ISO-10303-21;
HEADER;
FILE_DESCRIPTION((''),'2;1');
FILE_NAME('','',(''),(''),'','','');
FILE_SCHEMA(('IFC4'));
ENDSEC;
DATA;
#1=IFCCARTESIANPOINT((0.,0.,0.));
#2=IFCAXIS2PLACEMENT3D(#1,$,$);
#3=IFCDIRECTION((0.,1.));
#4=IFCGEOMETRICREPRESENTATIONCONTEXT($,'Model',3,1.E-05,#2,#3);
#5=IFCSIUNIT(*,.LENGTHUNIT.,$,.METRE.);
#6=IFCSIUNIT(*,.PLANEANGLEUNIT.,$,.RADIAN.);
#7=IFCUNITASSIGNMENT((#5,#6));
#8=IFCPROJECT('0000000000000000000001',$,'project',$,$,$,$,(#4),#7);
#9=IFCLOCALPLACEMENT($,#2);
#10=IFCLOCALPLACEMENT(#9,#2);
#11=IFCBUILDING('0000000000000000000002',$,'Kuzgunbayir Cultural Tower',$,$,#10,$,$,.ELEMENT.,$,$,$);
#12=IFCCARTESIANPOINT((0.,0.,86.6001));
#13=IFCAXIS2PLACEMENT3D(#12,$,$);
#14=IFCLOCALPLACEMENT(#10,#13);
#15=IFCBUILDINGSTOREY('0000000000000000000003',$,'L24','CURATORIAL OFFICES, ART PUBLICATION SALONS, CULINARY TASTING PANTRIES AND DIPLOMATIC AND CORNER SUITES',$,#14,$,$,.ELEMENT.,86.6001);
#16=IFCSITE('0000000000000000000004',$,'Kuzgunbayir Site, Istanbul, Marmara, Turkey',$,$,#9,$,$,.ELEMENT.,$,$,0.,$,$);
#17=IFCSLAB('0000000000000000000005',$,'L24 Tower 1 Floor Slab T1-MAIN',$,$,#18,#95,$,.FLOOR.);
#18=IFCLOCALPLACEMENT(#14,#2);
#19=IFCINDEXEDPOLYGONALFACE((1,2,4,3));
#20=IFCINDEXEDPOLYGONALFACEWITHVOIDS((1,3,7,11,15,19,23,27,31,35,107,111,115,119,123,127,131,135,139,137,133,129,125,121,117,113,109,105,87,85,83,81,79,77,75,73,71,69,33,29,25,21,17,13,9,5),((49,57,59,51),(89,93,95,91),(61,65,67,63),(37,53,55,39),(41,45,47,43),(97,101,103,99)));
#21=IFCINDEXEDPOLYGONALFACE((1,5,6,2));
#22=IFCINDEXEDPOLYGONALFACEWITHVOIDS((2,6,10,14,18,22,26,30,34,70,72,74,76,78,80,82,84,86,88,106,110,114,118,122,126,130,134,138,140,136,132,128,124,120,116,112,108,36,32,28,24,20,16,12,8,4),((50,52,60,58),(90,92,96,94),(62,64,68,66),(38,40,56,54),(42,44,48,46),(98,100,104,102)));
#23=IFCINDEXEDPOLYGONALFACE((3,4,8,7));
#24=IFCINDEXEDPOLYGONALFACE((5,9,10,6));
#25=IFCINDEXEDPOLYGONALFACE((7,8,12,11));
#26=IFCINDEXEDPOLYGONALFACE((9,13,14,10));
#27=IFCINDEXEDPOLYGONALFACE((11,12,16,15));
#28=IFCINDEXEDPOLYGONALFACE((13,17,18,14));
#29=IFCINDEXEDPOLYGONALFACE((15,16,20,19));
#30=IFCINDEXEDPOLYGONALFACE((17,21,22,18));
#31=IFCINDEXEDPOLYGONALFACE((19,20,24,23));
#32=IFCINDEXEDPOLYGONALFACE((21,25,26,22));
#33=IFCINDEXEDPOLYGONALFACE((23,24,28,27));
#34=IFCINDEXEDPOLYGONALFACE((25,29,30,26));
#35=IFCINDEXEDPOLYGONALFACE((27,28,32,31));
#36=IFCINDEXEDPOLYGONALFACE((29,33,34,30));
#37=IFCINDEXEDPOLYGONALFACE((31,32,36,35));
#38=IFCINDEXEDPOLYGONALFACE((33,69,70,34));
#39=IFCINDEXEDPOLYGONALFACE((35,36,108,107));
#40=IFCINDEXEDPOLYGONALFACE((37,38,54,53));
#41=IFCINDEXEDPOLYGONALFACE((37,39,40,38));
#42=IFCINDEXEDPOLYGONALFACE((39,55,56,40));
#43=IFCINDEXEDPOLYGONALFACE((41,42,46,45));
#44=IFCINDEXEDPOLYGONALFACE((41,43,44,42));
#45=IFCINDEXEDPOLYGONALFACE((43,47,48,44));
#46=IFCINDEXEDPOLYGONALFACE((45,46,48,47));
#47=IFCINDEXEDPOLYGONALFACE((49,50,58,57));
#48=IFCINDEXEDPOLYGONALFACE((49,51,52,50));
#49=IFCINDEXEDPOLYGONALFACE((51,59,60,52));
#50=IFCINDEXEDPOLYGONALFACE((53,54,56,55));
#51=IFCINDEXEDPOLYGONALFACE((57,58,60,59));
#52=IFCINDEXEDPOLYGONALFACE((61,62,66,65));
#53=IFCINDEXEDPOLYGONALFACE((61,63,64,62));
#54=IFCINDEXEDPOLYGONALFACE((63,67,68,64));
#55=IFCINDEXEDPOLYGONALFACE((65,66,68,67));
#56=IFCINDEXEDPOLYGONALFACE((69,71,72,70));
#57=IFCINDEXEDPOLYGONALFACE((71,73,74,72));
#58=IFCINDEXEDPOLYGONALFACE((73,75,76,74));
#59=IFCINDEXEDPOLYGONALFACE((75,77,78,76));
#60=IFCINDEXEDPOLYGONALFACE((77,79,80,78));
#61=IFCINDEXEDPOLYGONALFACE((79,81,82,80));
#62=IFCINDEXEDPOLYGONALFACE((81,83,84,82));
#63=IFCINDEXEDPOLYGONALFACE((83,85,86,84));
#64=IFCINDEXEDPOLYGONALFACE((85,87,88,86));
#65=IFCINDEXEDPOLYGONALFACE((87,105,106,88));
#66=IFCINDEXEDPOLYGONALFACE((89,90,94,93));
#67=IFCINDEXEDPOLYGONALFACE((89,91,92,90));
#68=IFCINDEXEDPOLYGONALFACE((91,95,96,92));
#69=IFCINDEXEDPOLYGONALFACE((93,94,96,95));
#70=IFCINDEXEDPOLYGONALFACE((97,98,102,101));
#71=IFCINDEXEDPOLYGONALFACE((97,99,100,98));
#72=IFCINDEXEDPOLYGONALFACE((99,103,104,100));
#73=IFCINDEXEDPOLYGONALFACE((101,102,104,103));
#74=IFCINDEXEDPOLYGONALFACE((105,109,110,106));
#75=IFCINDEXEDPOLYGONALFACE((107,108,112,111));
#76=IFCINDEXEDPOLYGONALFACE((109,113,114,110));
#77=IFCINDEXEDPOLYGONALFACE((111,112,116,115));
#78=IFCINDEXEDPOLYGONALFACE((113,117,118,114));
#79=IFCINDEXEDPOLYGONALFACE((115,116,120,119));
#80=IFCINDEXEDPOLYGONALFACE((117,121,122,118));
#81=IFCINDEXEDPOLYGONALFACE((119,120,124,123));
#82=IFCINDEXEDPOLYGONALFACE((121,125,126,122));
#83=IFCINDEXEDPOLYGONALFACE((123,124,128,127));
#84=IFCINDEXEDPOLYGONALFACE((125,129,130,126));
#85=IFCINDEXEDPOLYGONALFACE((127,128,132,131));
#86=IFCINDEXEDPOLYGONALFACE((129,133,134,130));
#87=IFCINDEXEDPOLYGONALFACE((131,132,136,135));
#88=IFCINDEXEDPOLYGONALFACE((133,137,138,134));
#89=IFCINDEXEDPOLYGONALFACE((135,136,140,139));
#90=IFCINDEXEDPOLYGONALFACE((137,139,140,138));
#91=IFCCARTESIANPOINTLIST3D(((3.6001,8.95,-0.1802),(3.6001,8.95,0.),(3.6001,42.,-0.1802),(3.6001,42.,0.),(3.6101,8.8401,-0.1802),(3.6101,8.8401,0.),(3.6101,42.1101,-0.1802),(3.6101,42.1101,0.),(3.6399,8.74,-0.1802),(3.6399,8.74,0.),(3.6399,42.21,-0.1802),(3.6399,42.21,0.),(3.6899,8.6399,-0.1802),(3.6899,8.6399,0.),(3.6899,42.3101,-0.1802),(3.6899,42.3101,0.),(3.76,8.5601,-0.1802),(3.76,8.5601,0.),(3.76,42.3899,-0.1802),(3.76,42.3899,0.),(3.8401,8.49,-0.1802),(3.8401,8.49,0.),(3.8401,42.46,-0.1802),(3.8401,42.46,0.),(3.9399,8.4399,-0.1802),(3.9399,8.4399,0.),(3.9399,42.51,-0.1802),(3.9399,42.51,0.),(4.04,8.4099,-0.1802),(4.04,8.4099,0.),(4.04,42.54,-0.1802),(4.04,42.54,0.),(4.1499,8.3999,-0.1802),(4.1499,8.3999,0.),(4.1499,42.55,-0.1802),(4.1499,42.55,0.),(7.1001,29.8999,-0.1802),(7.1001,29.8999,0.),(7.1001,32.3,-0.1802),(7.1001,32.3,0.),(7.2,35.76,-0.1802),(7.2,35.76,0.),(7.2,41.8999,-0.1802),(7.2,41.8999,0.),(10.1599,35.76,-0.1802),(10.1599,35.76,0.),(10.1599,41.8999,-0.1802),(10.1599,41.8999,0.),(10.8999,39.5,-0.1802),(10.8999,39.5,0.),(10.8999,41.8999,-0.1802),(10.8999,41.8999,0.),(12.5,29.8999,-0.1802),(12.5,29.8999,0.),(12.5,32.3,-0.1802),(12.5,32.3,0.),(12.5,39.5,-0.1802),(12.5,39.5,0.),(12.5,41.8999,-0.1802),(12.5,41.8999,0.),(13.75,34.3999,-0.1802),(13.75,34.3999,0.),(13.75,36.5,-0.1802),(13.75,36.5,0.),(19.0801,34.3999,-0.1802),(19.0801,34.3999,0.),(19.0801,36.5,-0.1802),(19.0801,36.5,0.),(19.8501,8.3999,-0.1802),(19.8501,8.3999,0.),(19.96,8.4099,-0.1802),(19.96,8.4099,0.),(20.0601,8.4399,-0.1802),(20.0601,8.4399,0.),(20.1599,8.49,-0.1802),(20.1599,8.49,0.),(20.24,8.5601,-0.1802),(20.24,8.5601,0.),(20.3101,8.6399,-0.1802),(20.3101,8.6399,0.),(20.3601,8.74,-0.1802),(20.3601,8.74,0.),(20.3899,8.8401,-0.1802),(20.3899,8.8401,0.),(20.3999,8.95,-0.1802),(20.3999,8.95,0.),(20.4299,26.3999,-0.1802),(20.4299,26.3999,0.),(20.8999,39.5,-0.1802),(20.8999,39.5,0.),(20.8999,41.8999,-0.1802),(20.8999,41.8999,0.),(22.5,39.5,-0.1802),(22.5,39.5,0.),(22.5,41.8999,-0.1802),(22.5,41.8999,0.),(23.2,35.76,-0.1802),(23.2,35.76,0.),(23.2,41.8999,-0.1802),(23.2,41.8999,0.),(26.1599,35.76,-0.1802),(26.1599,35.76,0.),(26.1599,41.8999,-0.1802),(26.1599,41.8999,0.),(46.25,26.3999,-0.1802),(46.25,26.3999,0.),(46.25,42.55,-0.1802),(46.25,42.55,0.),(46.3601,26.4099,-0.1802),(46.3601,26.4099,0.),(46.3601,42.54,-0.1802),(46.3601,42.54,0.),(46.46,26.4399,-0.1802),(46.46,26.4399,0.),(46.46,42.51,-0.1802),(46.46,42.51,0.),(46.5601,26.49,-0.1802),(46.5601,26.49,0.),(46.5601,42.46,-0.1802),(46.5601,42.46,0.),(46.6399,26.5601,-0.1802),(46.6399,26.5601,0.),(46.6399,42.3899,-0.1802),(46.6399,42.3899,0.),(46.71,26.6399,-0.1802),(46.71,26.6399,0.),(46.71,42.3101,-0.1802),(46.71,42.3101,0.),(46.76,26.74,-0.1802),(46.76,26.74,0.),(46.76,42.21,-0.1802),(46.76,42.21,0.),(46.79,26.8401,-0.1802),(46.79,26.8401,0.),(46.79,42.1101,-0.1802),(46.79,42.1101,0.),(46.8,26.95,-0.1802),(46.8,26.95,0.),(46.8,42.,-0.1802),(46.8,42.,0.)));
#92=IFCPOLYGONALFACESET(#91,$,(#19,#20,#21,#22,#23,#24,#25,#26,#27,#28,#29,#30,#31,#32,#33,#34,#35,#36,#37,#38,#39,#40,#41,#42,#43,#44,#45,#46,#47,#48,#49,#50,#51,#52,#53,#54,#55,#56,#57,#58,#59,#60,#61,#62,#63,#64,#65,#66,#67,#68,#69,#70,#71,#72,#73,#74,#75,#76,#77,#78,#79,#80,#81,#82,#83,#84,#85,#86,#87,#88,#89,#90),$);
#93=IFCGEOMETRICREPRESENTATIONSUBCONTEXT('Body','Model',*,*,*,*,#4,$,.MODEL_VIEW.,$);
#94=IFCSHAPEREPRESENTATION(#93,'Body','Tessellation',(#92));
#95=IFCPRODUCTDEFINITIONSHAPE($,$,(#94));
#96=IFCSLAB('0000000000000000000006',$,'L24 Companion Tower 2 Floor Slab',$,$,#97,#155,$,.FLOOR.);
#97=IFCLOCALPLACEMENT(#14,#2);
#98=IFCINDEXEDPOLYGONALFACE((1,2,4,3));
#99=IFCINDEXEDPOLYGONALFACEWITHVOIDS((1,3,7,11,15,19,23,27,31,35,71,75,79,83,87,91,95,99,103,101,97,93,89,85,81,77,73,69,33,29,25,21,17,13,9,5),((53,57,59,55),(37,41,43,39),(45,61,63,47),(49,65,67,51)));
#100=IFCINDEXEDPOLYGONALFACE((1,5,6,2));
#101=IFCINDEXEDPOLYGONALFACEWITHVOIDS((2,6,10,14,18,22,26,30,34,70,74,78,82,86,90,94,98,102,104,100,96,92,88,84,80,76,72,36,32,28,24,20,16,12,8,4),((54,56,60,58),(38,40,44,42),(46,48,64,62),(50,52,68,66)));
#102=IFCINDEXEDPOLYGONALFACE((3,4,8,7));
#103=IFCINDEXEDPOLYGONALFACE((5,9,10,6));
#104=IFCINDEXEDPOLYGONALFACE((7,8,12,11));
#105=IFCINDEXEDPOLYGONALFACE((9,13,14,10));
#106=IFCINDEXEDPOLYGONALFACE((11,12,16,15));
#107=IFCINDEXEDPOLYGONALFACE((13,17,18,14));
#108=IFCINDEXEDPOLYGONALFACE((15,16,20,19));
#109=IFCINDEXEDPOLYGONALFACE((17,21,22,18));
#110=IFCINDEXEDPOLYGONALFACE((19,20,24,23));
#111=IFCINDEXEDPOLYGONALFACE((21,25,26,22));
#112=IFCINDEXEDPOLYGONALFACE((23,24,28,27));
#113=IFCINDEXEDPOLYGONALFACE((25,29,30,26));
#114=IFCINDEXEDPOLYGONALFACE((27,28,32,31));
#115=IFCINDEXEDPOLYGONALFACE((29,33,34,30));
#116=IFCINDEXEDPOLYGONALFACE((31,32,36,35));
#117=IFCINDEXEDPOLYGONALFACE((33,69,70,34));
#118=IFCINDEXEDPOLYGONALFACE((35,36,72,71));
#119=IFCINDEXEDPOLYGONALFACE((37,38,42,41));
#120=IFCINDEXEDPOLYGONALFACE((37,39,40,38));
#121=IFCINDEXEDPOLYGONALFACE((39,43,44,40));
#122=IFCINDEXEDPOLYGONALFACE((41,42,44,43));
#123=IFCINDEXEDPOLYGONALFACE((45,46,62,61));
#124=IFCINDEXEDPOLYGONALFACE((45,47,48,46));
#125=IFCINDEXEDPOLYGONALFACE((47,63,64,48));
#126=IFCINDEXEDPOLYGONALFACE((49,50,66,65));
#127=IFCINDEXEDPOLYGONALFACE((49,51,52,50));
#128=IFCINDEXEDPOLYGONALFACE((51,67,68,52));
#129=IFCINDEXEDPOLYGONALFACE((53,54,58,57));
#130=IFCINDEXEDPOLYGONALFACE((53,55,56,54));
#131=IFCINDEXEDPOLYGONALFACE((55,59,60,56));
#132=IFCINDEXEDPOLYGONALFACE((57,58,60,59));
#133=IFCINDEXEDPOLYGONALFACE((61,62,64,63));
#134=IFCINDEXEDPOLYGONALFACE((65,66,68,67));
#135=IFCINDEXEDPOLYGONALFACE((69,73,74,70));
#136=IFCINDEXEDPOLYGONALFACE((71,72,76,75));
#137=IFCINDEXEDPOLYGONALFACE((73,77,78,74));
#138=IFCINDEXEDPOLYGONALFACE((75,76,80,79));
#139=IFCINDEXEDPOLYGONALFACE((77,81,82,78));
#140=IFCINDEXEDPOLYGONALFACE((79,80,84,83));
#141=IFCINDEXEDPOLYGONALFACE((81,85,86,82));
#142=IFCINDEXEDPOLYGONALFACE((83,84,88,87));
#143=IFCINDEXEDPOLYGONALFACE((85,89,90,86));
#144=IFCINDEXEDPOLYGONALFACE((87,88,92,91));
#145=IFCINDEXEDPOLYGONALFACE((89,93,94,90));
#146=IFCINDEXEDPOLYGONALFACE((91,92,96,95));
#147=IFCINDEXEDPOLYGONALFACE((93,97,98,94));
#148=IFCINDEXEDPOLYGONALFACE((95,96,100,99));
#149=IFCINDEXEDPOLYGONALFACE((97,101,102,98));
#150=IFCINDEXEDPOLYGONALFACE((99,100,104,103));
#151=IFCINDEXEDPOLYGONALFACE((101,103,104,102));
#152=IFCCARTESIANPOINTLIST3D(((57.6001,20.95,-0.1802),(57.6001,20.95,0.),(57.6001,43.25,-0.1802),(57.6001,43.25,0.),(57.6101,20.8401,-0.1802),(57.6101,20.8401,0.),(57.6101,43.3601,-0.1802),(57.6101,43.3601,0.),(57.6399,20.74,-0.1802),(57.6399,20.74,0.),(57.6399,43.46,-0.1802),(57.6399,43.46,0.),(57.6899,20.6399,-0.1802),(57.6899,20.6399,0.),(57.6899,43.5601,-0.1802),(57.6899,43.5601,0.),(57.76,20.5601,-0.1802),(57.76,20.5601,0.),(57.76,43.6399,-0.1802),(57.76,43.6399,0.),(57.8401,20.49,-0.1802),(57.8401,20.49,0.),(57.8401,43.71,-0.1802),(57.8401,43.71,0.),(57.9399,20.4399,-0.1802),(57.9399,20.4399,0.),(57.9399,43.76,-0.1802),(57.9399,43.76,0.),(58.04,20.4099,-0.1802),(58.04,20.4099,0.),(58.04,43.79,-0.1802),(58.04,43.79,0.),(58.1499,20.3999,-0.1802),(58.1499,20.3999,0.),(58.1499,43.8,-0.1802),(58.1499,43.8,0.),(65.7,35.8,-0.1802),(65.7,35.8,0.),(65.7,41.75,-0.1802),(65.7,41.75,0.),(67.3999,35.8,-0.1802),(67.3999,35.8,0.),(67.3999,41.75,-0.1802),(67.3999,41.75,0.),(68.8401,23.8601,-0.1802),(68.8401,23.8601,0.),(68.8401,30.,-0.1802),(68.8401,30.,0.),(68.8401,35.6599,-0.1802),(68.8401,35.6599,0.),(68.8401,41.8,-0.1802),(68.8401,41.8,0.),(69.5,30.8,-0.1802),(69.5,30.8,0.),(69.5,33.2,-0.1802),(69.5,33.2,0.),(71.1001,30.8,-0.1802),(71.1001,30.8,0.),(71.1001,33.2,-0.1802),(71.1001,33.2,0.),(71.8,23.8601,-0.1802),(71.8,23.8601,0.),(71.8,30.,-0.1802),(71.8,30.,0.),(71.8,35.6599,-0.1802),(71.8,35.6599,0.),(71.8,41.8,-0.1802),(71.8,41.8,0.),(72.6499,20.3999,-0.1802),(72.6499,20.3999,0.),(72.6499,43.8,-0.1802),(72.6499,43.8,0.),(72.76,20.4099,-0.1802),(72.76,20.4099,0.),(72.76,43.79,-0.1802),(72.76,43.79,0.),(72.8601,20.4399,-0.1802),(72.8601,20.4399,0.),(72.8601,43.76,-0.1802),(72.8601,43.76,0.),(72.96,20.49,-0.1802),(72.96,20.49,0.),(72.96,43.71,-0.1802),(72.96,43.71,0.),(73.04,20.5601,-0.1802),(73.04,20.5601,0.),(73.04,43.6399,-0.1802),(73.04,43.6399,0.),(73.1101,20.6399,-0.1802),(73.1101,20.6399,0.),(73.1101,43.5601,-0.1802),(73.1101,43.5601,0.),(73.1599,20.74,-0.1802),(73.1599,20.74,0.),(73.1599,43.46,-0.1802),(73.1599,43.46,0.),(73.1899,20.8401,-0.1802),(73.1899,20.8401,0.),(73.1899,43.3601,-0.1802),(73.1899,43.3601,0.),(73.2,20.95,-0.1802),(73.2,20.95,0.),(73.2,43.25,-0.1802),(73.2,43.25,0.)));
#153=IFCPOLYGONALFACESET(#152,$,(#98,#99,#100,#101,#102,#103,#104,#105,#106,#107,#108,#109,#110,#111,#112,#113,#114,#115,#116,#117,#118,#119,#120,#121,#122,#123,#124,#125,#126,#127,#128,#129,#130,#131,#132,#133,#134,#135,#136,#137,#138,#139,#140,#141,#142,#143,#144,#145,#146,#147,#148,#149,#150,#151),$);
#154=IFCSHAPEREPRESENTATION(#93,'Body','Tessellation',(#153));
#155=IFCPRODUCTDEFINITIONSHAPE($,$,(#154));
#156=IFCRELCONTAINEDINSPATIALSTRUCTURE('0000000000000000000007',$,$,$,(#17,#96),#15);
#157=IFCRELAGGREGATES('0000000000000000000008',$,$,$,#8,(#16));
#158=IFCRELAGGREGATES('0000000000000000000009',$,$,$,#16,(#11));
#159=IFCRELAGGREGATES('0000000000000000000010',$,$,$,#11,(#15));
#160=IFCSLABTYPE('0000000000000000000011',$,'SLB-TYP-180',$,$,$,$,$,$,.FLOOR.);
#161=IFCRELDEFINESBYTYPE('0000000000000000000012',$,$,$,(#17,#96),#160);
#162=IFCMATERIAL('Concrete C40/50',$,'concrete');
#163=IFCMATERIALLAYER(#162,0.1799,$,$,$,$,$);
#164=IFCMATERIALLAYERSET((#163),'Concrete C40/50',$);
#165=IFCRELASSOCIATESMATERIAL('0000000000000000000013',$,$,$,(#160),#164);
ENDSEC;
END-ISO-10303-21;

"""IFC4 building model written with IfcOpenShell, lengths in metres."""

from ifc_helpers import new_model, si_unit, direction, frame, origin, place, context, subcontext, project, spatial, polyline, outline, extrude, material, layer, layer_set, type_object, element, save


model = new_model("IFC4")

# Units and contexts
model_context = context("Model", 3, precision=1e-05, world=origin(), true_north=direction((0.0, 1.0)))
body_context = subcontext(model_context, "Body", "Model", "MODEL_VIEW")
ifc_project = project(units=[si_unit("LENGTHUNIT", "METRE"), si_unit("PLANEANGLEUNIT", "RADIAN")], contexts=[model_context])

# Site, building, storey
site_placement = place(None, origin())
site = spatial("IfcSite", under=ifc_project, at=site_placement, Name="Kuzgunbayir Site, Istanbul, Marmara, Turkey", CompositionType="ELEMENT", RefElevation=0.0)
building_placement = place(site_placement, origin())
building = spatial("IfcBuilding", under=site, at=building_placement, Name="Kuzgunbayir Cultural Tower", CompositionType="ELEMENT")
storey_placement = place(building_placement, frame((0.0, 0.0, 86.6001)))
storey = spatial("IfcBuildingStorey", under=building, at=storey_placement, Name="L24", Description="CURATORIAL OFFICES, ART PUBLICATION SALONS, CULINARY TASTING PANTRIES AND DIPLOMATIC AND CORNER SUITES", CompositionType="ELEMENT", Elevation=86.6001)

# Shared definitions
ifc_material_1 = material(Name="Concrete C40/50", Category="concrete")

# Slabs
ifc_layer_1 = layer(ifc_material_1, 0.1799)
ifc_layer_set_1 = layer_set([ifc_layer_1], Name="Concrete C40/50")
slab_type_1 = type_object("IfcSlabType", Name="SLB-TYP-180", PredefinedType="FLOOR", material=ifc_layer_set_1)
slab_1_placement = place(storey_placement, frame((0.0, 0.0, -0.1802)))
element("IfcSlab", 1, at=slab_1_placement, inside=storey, type_object=slab_type_1, Name="L24 Tower 1 Floor Slab T1-MAIN", PredefinedType="FLOOR", context=body_context, shape_type="SweptSolid", body=[
    extrude(outline(polyline([(20.3999, 8.95), (20.3899, 8.8401), (20.3601, 8.74), (20.3101, 8.6399), (20.24, 8.5601), (20.1599, 8.49), (20.0601, 8.4399), (19.96, 8.4099), (19.8501, 8.3999), (4.1499, 8.3999), (4.04, 8.4099), (3.9399, 8.4399), (3.8401, 8.49), (3.76, 8.5601), (3.6899, 8.6399), (3.6399, 8.74), (3.6101, 8.8401), (3.6001, 8.95), (3.6001, 42.0), (3.6101, 42.1101), (3.6399, 42.21), (3.6899, 42.3101), (3.76, 42.3899), (3.8401, 42.46), (3.9399, 42.51), (4.04, 42.54), (4.1499, 42.55), (46.25, 42.55), (46.3601, 42.54), (46.46, 42.51), (46.5601, 42.46), (46.6399, 42.3899), (46.71, 42.3101), (46.76, 42.21), (46.79, 42.1101), (46.8, 42.0), (46.8, 26.95), (46.79, 26.8401), (46.76, 26.74), (46.71, 26.6399), (46.6399, 26.5601), (46.5601, 26.49), (46.46, 26.4399), (46.3601, 26.4099), (46.25, 26.3999), (20.4299, 26.3999), (20.3999, 8.95)]), holes=[polyline([(7.2, 35.76), (7.2, 41.8999), (10.1599, 41.8999), (10.1599, 35.76), (7.2, 35.76)]), polyline([(23.2, 35.76), (23.2, 41.8999), (26.1599, 41.8999), (26.1599, 35.76), (23.2, 35.76)]), polyline([(13.75, 34.3999), (13.75, 36.5), (19.0801, 36.5), (19.0801, 34.3999), (13.75, 34.3999)]), polyline([(7.1001, 29.8999), (7.1001, 32.3), (12.5, 32.3), (12.5, 29.8999), (7.1001, 29.8999)]), polyline([(10.8999, 39.5), (10.8999, 41.8999), (12.5, 41.8999), (12.5, 39.5), (10.8999, 39.5)]), polyline([(20.8999, 39.5), (20.8999, 41.8999), (22.5, 41.8999), (22.5, 39.5), (20.8999, 39.5)])]), origin(), (0.0, 0.0, 1.0), 0.1802),
])
slab_2_placement = place(storey_placement, frame((0.0, 0.0, -0.1802)))
element("IfcSlab", 2, at=slab_2_placement, inside=storey, type_object=slab_type_1, Name="L24 Companion Tower 2 Floor Slab", PredefinedType="FLOOR", context=body_context, shape_type="SweptSolid", body=[
    extrude(outline(polyline([(72.6499, 20.3999), (72.76, 20.4099), (72.8601, 20.4399), (72.96, 20.49), (73.04, 20.5601), (73.1101, 20.6399), (73.1599, 20.74), (73.1899, 20.8401), (73.2, 20.95), (73.2, 43.25), (73.1899, 43.3601), (73.1599, 43.46), (73.1101, 43.5601), (73.04, 43.6399), (72.96, 43.71), (72.8601, 43.76), (72.76, 43.79), (72.6499, 43.8), (58.1499, 43.8), (58.04, 43.79), (57.9399, 43.76), (57.8401, 43.71), (57.76, 43.6399), (57.6899, 43.5601), (57.6399, 43.46), (57.6101, 43.3601), (57.6001, 43.25), (57.6001, 20.95), (57.6101, 20.8401), (57.6399, 20.74), (57.6899, 20.6399), (57.76, 20.5601), (57.8401, 20.49), (57.9399, 20.4399), (58.04, 20.4099), (58.1499, 20.3999), (72.6499, 20.3999)]), holes=[polyline([(68.8401, 23.8601), (68.8401, 30.0), (71.8, 30.0), (71.8, 23.8601), (68.8401, 23.8601)]), polyline([(68.8401, 35.6599), (68.8401, 41.8), (71.8, 41.8), (71.8, 35.6599), (68.8401, 35.6599)]), polyline([(65.7, 35.8), (65.7, 41.75), (67.3999, 41.75), (67.3999, 35.8), (65.7, 35.8)]), polyline([(69.5, 30.8), (69.5, 33.2), (71.1001, 33.2), (71.1001, 30.8), (69.5, 30.8)])]), origin(), (0.0, 0.0, 1.0), 0.1802),
])

save(model, "model.ifc")
